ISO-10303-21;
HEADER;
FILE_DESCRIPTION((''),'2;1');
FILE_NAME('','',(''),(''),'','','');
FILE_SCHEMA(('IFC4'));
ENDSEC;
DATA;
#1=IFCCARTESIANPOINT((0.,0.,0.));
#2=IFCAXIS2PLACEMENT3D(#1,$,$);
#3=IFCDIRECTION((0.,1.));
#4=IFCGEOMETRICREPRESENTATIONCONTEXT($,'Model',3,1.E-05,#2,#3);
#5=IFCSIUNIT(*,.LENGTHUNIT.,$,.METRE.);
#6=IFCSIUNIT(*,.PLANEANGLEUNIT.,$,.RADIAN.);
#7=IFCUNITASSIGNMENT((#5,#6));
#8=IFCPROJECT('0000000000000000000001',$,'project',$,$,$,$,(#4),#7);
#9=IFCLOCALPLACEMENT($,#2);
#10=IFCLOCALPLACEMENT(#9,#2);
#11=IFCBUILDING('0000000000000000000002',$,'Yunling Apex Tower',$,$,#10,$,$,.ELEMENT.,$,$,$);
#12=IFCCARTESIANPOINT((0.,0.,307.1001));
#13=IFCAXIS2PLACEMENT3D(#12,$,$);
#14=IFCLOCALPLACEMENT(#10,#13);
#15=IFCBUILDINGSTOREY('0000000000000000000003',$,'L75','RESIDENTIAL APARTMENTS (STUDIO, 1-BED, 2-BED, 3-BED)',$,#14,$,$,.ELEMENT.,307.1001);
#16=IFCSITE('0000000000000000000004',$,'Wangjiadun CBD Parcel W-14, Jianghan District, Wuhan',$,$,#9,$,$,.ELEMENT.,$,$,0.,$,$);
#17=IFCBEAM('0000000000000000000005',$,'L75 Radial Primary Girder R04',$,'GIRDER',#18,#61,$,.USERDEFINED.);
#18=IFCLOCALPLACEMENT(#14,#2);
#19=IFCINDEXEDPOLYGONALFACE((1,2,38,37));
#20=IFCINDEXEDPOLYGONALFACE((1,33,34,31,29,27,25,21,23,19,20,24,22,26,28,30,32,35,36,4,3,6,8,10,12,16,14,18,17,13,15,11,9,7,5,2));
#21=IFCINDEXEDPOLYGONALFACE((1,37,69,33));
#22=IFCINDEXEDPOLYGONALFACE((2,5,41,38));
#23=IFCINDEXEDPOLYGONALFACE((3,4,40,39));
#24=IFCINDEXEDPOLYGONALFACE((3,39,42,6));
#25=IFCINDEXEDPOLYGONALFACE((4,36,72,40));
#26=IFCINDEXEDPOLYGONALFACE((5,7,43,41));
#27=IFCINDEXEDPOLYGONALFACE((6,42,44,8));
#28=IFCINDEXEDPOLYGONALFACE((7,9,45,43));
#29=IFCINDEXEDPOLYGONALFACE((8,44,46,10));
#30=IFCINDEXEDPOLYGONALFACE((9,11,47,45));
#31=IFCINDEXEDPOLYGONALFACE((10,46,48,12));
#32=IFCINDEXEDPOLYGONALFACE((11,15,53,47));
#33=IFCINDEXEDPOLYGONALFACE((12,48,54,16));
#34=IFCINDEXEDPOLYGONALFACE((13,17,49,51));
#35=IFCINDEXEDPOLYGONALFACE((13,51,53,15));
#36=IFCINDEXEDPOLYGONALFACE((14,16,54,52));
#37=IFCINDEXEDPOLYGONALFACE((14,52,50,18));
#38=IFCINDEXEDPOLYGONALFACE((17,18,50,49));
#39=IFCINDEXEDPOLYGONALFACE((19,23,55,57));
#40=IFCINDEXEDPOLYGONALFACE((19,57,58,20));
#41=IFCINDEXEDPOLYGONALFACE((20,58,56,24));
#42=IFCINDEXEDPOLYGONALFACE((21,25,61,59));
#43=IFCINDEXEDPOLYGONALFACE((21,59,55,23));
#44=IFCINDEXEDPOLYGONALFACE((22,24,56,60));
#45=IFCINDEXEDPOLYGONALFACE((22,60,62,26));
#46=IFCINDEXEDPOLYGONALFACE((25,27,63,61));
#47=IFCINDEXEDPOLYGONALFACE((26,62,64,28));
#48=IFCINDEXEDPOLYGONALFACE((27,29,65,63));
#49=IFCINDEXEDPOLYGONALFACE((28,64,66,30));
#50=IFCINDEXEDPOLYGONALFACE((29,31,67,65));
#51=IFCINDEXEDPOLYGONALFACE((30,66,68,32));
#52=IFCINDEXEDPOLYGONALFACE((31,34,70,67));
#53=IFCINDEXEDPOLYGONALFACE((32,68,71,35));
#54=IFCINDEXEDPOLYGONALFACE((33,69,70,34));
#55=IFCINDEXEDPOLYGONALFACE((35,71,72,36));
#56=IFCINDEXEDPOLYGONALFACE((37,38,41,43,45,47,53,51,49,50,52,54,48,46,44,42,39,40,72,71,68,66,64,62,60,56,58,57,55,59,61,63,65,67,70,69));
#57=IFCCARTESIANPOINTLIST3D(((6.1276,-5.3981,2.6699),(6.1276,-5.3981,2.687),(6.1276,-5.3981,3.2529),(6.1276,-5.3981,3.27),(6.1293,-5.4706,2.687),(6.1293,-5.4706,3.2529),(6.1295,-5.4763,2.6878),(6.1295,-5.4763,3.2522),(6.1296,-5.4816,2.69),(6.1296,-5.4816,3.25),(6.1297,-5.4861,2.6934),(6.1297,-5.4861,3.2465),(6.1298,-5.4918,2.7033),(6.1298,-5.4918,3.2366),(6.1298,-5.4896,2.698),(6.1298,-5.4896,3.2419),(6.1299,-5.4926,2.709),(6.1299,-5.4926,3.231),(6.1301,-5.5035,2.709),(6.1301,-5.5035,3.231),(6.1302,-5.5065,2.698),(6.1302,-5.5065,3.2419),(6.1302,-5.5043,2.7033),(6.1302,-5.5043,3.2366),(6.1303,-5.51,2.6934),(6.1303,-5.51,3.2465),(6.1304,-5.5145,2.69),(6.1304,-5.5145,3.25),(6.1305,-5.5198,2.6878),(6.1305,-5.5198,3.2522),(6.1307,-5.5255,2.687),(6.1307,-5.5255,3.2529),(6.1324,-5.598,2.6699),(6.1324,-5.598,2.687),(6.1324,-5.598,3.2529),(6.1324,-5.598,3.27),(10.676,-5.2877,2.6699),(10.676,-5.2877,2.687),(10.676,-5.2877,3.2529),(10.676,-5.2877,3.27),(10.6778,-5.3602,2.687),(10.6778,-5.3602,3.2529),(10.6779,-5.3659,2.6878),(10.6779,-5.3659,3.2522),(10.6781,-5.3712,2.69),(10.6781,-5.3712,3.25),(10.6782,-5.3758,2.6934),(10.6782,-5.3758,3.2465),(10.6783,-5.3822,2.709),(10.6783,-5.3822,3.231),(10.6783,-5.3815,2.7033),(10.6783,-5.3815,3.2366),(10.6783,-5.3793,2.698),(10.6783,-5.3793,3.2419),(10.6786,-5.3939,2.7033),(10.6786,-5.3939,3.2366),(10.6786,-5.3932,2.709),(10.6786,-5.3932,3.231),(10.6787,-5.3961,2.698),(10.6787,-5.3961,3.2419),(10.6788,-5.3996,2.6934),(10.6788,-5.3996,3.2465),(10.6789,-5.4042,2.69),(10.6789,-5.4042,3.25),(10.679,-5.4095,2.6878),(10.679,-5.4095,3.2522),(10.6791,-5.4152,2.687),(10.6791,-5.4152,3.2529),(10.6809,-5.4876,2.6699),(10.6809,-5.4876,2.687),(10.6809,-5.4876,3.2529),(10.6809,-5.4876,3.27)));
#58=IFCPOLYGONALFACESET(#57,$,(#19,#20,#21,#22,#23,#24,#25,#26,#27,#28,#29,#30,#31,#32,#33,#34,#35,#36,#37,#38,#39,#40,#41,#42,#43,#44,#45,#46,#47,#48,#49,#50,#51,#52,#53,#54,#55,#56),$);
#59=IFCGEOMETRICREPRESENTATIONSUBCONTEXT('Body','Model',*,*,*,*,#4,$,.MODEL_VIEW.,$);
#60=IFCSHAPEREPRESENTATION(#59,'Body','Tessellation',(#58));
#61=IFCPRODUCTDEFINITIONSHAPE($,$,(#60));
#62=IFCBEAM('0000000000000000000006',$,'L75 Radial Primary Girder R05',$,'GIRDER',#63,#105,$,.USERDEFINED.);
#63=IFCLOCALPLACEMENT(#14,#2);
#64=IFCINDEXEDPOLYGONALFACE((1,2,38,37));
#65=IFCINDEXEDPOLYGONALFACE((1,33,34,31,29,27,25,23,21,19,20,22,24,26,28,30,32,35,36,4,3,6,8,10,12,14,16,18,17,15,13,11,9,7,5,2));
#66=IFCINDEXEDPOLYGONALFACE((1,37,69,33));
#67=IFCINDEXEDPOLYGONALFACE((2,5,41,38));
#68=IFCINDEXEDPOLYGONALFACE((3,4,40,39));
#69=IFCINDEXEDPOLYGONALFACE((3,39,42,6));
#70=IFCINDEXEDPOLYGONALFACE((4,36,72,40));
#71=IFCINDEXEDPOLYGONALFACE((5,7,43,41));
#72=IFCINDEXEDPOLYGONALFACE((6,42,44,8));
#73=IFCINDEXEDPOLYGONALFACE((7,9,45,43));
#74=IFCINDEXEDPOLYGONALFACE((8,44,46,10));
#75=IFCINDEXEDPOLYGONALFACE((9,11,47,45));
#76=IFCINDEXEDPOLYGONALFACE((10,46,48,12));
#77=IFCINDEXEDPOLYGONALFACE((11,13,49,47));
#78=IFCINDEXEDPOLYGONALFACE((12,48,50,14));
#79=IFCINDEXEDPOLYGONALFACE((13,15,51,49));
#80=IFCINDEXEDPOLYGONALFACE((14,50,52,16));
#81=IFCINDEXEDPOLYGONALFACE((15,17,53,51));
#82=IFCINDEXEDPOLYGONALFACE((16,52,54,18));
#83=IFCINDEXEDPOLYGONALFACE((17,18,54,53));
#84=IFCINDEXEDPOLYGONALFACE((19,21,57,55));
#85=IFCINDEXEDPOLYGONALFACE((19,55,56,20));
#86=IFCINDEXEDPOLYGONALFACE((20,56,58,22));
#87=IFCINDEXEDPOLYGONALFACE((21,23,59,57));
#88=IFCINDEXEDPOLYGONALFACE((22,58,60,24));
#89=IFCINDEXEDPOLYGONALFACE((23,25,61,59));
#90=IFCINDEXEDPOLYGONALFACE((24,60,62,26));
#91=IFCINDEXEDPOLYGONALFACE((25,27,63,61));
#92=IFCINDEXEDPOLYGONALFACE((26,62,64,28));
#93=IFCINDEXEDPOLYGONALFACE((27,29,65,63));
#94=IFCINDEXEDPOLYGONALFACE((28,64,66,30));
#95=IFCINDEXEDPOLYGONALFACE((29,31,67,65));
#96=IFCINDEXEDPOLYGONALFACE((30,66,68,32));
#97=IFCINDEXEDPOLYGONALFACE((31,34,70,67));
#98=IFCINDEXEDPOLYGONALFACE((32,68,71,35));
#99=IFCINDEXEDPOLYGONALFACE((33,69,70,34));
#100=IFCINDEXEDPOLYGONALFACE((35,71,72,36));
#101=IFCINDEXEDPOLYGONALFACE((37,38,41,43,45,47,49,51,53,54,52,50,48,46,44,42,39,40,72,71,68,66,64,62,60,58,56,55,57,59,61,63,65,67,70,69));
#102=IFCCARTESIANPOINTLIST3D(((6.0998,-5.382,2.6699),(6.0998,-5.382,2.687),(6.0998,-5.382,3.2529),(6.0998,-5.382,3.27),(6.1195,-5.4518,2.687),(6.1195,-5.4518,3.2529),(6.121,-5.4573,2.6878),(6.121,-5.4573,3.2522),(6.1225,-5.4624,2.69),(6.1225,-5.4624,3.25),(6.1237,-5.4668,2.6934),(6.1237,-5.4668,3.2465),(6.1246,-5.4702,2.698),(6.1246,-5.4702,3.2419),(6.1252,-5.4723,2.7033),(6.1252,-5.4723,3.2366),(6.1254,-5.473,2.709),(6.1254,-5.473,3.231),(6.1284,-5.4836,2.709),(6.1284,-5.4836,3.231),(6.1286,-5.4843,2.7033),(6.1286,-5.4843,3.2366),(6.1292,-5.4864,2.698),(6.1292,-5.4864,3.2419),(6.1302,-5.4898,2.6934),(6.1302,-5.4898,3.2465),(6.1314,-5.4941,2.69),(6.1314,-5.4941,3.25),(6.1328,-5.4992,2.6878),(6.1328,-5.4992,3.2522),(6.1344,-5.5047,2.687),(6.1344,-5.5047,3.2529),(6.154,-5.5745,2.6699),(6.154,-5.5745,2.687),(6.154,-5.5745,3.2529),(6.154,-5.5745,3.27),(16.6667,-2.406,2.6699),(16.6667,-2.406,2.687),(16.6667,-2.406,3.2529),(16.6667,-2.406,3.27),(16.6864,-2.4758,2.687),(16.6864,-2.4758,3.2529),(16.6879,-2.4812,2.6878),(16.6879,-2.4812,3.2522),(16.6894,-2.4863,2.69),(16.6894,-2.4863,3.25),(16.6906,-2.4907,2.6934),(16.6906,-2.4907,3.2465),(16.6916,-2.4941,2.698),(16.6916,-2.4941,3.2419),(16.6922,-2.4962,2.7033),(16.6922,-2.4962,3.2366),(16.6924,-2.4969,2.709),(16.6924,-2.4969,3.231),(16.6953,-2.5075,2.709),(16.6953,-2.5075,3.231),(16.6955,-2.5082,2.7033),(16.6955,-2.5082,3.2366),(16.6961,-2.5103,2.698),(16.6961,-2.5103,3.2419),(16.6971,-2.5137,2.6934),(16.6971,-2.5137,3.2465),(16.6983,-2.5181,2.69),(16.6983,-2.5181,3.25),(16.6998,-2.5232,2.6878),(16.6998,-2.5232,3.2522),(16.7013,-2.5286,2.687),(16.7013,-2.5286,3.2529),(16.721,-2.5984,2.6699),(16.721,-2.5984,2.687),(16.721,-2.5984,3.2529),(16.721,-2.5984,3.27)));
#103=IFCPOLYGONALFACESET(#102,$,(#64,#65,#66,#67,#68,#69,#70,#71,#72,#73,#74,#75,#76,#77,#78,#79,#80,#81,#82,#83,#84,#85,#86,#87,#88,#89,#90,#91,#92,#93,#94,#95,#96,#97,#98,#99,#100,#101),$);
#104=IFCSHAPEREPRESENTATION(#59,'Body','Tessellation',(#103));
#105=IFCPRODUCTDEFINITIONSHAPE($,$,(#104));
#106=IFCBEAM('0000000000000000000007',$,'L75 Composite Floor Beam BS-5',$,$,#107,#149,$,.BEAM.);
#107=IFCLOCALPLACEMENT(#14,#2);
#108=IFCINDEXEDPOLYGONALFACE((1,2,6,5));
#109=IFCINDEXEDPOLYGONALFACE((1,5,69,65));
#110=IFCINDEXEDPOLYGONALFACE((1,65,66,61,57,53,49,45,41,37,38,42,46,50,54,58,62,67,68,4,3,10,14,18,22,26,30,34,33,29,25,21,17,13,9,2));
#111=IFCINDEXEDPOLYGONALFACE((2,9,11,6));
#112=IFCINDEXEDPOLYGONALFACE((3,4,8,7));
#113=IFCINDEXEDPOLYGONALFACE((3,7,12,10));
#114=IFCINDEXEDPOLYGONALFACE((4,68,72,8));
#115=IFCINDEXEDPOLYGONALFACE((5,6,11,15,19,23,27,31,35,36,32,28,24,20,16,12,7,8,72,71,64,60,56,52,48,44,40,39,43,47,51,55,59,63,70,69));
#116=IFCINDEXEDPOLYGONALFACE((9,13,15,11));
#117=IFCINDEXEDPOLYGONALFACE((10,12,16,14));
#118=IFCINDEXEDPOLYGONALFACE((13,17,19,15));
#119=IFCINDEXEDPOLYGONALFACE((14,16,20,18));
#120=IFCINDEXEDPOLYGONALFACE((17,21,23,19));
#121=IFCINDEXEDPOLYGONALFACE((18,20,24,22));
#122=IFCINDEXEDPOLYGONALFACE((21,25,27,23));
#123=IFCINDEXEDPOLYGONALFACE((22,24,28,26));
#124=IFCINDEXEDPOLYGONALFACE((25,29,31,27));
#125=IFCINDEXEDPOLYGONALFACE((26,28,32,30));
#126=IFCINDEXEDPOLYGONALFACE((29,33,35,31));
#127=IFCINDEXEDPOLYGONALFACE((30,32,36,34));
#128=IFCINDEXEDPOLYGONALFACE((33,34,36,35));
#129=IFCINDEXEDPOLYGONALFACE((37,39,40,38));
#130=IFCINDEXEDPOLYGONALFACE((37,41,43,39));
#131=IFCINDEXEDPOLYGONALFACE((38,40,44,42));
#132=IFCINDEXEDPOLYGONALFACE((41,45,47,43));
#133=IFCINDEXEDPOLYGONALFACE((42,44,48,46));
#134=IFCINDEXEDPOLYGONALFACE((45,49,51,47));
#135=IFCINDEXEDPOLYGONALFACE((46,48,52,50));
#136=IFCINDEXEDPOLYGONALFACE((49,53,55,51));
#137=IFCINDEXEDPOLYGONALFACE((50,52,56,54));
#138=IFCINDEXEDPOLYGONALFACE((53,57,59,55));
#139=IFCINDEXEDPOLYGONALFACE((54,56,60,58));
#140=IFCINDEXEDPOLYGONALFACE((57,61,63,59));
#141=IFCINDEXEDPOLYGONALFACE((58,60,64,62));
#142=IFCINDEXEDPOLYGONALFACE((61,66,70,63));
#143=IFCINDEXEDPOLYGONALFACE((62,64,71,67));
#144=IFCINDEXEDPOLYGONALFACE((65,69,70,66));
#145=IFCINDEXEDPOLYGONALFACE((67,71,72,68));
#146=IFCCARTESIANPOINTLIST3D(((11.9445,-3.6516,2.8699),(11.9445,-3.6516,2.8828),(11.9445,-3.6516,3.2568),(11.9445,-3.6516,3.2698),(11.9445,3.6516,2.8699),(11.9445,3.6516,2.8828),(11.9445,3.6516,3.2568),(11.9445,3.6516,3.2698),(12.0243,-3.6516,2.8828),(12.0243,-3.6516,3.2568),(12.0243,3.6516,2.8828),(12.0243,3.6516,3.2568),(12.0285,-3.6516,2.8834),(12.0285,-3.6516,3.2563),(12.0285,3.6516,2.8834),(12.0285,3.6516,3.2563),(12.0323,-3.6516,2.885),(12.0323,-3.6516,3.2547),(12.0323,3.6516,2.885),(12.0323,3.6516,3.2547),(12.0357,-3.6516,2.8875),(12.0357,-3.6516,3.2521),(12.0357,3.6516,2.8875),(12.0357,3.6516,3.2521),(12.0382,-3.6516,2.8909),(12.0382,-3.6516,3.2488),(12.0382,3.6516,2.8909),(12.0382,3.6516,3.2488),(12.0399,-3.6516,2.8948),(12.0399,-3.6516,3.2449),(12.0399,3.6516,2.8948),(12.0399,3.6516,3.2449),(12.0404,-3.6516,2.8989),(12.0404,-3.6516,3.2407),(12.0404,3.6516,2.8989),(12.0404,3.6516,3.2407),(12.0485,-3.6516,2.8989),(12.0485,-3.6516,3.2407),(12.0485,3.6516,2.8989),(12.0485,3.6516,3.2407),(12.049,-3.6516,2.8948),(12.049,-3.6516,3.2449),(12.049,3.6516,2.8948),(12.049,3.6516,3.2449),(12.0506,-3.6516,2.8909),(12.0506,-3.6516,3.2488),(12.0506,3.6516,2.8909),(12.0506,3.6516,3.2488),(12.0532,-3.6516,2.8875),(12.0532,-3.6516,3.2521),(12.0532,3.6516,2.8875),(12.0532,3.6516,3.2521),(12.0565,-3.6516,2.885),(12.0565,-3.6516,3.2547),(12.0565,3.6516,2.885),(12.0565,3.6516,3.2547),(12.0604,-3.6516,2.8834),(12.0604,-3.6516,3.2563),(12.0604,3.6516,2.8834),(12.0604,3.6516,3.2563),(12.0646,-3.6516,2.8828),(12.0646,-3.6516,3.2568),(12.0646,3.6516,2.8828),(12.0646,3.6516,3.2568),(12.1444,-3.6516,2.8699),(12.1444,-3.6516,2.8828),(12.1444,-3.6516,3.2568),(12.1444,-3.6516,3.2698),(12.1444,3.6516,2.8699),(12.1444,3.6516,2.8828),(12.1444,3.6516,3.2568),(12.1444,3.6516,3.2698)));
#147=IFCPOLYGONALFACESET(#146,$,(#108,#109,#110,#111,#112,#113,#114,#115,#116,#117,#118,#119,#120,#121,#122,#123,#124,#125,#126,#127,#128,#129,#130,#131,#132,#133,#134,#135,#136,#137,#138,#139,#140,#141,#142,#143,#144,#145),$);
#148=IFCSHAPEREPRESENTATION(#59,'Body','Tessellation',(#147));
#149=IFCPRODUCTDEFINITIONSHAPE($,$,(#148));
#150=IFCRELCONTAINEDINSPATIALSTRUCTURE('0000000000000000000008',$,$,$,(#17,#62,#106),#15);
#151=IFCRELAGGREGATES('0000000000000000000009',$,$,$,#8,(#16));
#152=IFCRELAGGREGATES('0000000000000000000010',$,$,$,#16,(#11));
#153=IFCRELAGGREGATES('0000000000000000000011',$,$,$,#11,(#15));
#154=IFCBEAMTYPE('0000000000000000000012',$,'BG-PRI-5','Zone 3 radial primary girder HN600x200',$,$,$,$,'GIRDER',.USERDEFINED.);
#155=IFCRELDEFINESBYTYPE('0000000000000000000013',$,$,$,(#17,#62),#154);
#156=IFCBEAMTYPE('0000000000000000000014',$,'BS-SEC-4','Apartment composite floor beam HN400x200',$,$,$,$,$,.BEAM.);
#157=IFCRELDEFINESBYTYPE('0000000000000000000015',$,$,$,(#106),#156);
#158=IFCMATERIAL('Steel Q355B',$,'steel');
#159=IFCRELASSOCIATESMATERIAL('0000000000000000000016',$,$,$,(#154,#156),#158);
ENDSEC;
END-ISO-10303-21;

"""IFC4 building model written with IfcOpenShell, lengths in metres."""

from ifc_helpers import new_model, si_unit, direction, frame, origin, origin_2d, place, context, subcontext, project, spatial, i_section, extrude, source, transform, mapped, material, material_profile, profile_set, type_object, element, save


model = new_model("IFC4")

# Units and contexts
model_context = context("Model", 3, precision=1e-05, world=origin(), true_north=direction((0.0, 1.0)))
body_context = subcontext(model_context, "Body", "Model", "MODEL_VIEW")
ifc_project = project(units=[si_unit("LENGTHUNIT", "METRE"), si_unit("PLANEANGLEUNIT", "RADIAN")], contexts=[model_context])

# Site, building, storey
site_placement = place(None, origin())
site = spatial("IfcSite", under=ifc_project, at=site_placement, Name="Wangjiadun CBD Parcel W-14, Jianghan District, Wuhan", CompositionType="ELEMENT", RefElevation=0.0)
building_placement = place(site_placement, origin())
building = spatial("IfcBuilding", under=site, at=building_placement, Name="Yunling Apex Tower", CompositionType="ELEMENT")
storey_placement = place(building_placement, frame((0.0, 0.0, 307.1001)))
storey = spatial("IfcBuildingStorey", under=building, at=storey_placement, Name="L75", Description="RESIDENTIAL APARTMENTS (STUDIO, 1-BED, 2-BED, 3-BED)", CompositionType="ELEMENT", Elevation=307.1001)

# Shared definitions
ifc_material_1 = material(Name="Steel Q355B", Category="steel")

# Beams
ifc_material_profile_1 = material_profile(ifc_material_1, i_section(OverallWidth=0.2, OverallDepth=0.6001, WebThickness=0.011, FlangeThickness=0.0171, FilletRadius=0.022, at=origin_2d()))
ifc_profile_set_1 = profile_set([ifc_material_profile_1], Name="Steel Q355B")
beam_type_1 = type_object("IfcBeamType", Name="BG-PRI-5", Description="Zone 3 radial primary girder HN600x200", ElementType="GIRDER", PredefinedType="USERDEFINED", material=ifc_profile_set_1)
shared_shape_1 = source(origin(), body_context, "Body", "SweptSolid", [
    extrude(i_section(OverallWidth=0.2, OverallDepth=0.6001, WebThickness=0.011, FlangeThickness=0.0171, FilletRadius=0.022, at=origin_2d()), origin(), (0.0, 0.0, 1.0), 4.5498),
])
beam_1_placement = place(storey_placement, frame((10.6785, -5.3877, 2.97), z_axis=(-0.999706, -0.024254, 0.0), x_axis=(0.024254, -0.999706, 0.0)))
element("IfcBeam", 1, at=beam_1_placement, inside=storey, type_object=beam_type_1, Name="L75 Radial Primary Girder R04", ObjectType="GIRDER", PredefinedType="USERDEFINED", context=body_context, shape_type="MappedRepresentation", body=[
    mapped(shared_shape_1, transform((0.0, 0.0, 0.0), scale=1.0)),
])
shared_shape_2 = source(origin(), body_context, "Body", "SweptSolid", [
    extrude(i_section(OverallWidth=0.2, OverallDepth=0.6001, WebThickness=0.011, FlangeThickness=0.0171, FilletRadius=0.022, at=origin_2d()), origin(), (0.0, 0.0, 1.0), 10.978),
])
beam_2_placement = place(storey_placement, frame((16.6938, -2.5022, 2.97), z_axis=(-0.962553, -0.271095, 0.0), x_axis=(0.271095, -0.962553, 0.0)))
element("IfcBeam", 2, at=beam_2_placement, inside=storey, type_object=beam_type_1, Name="L75 Radial Primary Girder R05", ObjectType="GIRDER", PredefinedType="USERDEFINED", context=body_context, shape_type="MappedRepresentation", body=[
    mapped(shared_shape_2, transform((0.0, 0.0, 0.0), scale=1.0)),
])
ifc_material_profile_2 = material_profile(ifc_material_1, i_section(OverallWidth=0.2, OverallDepth=0.3999, WebThickness=0.0081, FlangeThickness=0.0129, FilletRadius=0.0161, at=origin_2d()))
ifc_profile_set_2 = profile_set([ifc_material_profile_2], Name="Steel Q355B")
beam_type_2 = type_object("IfcBeamType", Name="BS-SEC-4", Description="Apartment composite floor beam HN400x200", PredefinedType="BEAM", material=ifc_profile_set_2)
shared_shape_3 = source(origin(), body_context, "Body", "SweptSolid", [
    extrude(i_section(OverallWidth=0.2, OverallDepth=0.3999, WebThickness=0.0081, FlangeThickness=0.0129, FilletRadius=0.0161, at=origin_2d()), origin(), (0.0, 0.0, 1.0), 7.3032),
])
beam_3_placement = place(storey_placement, frame((12.0444, -3.6516, 3.0698), z_axis=(0.0, 1.0, 0.0), x_axis=(-1.0, 0.0, 0.0)))
element("IfcBeam", 3, at=beam_3_placement, inside=storey, type_object=beam_type_2, Name="L75 Composite Floor Beam BS-5", PredefinedType="BEAM", context=body_context, shape_type="MappedRepresentation", body=[
    mapped(shared_shape_3, transform((0.0, 0.0, 0.0), scale=1.0)),
])

save(model, "model.ifc")
